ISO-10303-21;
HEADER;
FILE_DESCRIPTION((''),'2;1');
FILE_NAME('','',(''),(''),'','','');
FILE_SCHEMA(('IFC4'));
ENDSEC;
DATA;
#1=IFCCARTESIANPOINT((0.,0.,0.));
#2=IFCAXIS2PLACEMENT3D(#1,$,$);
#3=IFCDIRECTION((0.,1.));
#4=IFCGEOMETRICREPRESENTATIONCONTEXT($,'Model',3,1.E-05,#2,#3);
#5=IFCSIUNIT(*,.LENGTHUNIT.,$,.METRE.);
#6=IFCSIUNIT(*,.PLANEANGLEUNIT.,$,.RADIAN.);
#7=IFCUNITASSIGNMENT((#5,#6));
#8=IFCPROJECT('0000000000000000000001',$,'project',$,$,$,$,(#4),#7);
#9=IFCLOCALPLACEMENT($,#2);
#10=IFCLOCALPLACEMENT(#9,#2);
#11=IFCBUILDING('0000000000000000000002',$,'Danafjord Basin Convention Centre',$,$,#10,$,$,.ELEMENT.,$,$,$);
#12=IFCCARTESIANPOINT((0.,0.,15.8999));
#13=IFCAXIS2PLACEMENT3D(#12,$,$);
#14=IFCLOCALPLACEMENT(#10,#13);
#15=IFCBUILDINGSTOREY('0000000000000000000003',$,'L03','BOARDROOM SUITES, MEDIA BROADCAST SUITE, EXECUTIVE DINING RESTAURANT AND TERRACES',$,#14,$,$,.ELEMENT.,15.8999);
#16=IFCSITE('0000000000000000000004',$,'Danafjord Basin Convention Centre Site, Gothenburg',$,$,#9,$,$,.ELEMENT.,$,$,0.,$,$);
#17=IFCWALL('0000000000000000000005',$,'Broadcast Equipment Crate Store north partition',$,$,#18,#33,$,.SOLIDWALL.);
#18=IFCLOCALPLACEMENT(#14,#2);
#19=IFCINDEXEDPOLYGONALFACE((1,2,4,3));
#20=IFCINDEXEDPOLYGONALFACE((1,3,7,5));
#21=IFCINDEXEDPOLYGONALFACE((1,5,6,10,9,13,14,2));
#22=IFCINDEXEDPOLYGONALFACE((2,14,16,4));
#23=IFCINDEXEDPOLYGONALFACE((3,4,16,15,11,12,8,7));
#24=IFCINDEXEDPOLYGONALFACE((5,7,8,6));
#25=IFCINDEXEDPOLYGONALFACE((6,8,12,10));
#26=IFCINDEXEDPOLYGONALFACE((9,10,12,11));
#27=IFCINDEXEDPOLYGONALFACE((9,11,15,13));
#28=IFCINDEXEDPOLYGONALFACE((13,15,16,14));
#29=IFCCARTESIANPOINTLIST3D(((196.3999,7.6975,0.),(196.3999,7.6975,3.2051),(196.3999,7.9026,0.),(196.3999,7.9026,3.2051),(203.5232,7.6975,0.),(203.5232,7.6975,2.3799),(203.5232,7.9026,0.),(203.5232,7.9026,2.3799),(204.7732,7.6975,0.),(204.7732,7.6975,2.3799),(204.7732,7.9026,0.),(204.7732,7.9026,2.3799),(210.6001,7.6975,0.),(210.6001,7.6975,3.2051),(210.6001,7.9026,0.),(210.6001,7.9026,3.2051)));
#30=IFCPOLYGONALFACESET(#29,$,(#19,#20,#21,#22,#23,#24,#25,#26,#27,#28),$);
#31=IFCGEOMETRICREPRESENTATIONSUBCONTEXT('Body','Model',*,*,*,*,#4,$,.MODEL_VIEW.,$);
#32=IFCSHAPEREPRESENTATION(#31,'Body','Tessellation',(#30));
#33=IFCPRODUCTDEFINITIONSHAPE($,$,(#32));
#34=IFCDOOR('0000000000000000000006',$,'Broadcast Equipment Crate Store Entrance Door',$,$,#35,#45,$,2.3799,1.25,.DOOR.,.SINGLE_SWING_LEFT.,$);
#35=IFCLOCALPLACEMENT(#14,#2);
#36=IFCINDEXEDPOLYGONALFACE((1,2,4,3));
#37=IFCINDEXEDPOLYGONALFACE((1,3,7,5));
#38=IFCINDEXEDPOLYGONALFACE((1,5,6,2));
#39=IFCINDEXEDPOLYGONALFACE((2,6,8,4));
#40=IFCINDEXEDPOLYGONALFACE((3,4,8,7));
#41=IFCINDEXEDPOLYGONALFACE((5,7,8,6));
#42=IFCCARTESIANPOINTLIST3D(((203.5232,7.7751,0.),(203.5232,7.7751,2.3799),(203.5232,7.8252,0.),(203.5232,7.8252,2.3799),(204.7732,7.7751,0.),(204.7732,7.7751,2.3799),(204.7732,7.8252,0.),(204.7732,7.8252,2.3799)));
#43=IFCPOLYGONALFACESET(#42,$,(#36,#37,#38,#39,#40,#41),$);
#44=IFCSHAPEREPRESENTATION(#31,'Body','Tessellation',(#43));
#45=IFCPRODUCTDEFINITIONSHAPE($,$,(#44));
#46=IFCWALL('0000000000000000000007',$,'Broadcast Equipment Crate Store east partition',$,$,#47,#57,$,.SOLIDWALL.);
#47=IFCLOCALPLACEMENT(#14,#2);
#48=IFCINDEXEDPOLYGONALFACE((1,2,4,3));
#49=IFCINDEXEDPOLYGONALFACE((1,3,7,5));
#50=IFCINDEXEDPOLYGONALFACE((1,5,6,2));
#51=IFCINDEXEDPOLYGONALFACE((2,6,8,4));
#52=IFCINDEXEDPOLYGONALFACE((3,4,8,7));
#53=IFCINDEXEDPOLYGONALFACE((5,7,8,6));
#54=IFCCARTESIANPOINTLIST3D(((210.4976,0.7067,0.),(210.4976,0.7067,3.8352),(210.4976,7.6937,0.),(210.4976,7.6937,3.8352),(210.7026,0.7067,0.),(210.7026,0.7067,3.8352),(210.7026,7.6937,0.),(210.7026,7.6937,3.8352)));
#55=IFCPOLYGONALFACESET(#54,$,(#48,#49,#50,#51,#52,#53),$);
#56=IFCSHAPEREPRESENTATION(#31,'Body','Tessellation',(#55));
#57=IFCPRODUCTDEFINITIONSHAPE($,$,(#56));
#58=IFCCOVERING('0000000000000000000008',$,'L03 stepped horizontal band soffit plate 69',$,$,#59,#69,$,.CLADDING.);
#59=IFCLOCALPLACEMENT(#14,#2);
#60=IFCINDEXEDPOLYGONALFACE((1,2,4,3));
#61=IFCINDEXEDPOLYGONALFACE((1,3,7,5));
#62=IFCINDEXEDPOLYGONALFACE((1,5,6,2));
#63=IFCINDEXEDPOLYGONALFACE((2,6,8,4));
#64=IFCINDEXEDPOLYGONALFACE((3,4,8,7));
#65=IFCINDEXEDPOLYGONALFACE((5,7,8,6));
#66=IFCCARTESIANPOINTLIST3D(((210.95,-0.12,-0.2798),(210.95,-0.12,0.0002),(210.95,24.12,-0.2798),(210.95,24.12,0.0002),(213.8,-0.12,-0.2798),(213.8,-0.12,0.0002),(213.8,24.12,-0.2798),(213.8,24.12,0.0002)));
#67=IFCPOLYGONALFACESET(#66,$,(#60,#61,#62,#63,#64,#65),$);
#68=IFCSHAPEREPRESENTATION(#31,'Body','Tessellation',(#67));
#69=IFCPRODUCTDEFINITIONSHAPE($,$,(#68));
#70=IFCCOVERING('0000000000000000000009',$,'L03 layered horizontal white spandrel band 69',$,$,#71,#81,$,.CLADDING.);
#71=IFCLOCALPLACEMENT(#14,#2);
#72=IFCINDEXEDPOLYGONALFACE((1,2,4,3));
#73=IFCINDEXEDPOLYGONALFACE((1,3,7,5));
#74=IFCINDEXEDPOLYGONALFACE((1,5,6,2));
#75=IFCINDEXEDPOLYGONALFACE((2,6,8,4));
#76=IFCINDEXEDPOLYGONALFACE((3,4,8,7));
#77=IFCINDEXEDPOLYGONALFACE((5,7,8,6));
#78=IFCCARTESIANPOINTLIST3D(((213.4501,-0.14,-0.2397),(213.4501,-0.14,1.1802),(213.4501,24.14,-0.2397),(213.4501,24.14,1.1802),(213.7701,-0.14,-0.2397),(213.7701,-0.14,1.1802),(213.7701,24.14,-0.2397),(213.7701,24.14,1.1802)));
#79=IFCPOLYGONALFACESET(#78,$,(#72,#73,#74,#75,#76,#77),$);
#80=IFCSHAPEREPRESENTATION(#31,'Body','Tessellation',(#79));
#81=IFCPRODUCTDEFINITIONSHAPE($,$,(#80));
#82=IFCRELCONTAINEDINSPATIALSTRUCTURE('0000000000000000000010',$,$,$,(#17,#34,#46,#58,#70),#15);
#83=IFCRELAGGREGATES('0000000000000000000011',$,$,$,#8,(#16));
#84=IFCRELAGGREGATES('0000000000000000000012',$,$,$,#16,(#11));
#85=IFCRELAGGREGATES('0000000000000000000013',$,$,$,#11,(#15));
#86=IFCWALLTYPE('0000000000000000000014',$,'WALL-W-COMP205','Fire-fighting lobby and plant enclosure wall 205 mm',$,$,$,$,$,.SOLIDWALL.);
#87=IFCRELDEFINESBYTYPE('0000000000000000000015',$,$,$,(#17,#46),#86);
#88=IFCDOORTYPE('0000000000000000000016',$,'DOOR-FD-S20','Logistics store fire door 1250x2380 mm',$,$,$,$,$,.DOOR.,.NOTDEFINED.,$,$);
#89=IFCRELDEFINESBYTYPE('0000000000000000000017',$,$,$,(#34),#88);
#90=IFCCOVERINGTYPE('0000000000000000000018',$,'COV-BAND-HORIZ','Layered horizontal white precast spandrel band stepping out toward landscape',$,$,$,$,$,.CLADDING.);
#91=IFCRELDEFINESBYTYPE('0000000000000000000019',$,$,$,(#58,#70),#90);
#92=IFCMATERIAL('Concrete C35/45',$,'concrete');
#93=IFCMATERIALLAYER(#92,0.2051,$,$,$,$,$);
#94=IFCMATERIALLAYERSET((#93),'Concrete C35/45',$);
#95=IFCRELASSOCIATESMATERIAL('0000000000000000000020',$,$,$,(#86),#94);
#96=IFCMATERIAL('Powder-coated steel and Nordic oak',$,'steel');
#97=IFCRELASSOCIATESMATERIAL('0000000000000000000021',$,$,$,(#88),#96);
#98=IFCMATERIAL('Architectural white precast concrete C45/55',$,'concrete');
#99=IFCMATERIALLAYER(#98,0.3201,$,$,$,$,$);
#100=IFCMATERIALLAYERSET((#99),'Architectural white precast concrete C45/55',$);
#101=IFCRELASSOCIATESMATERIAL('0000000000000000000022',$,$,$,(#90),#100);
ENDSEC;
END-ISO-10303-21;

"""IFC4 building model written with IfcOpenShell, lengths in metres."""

from ifc_helpers import new_model, si_unit, direction, frame, frame_2d, origin, origin_2d, place, context, subcontext, project, spatial, rectangle, extrude, material, layer, layer_set, type_object, element, fill, save


model = new_model("IFC4")

# Units and contexts
model_context = context("Model", 3, precision=1e-05, world=origin(), true_north=direction((0.0, 1.0)))
body_context = subcontext(model_context, "Body", "Model", "MODEL_VIEW")
ifc_project = project(units=[si_unit("LENGTHUNIT", "METRE"), si_unit("PLANEANGLEUNIT", "RADIAN")], contexts=[model_context])

# Site, building, storey
site_placement = place(None, origin())
site = spatial("IfcSite", under=ifc_project, at=site_placement, Name="Danafjord Basin Convention Centre Site, Gothenburg", CompositionType="ELEMENT", RefElevation=0.0)
building_placement = place(site_placement, origin())
building = spatial("IfcBuilding", under=site, at=building_placement, Name="Danafjord Basin Convention Centre", CompositionType="ELEMENT")
storey_placement = place(building_placement, frame((0.0, 0.0, 15.8999)))
storey = spatial("IfcBuildingStorey", under=building, at=storey_placement, Name="L03", Description="BOARDROOM SUITES, MEDIA BROADCAST SUITE, EXECUTIVE DINING RESTAURANT AND TERRACES", CompositionType="ELEMENT", Elevation=15.8999)

# Wall, opening, door
ifc_material_1 = material(Name="Concrete C35/45", Category="concrete")
ifc_layer_1 = layer(ifc_material_1, 0.2051)
ifc_layer_set_1 = layer_set([ifc_layer_1], Name="Concrete C35/45")
wall_type = type_object("IfcWallType", Name="WALL-W-COMP205", Description="Fire-fighting lobby and plant enclosure wall 205 mm", PredefinedType="SOLIDWALL", material=ifc_layer_set_1)
wall_1_placement = place(storey_placement, frame((210.6001, 7.8, 0.0), z_axis=(0.0, 0.0, 1.0), x_axis=(-1.0, 0.0, 0.0)))
wall_1 = element("IfcWall", 1, at=wall_1_placement, inside=storey, type_object=wall_type, Name="Broadcast Equipment Crate Store north partition", PredefinedType="SOLIDWALL", context=body_context, shape_type="SweptSolid", body=[
    extrude(rectangle(XDim=14.2002, YDim=0.2051, at=frame_2d((7.1001, 0.0))), origin(), (0.0, 0.0, 1.0), 3.2051),
])
opening_placement = place(wall_1_placement, frame((5.8269, 0.0, 0.0)))
opening = element("IfcOpeningElement", 2, at=opening_placement, cuts=wall_1, PredefinedType="OPENING", context=body_context, shape_type="SweptSolid", body=[
    extrude(rectangle(XDim=1.25, YDim=2.3799, at=frame_2d((0.625, 1.1899))), frame((0.0, 0.1125, 0.0), z_axis=(0.0, -1.0, 0.0), x_axis=(1.0, 0.0, 0.0)), (0.0, 0.0, 1.0), 0.2251),
])
ifc_material_2 = material(Name="Powder-coated steel and Nordic oak", Category="steel")
door_type = type_object("IfcDoorType", Name="DOOR-FD-S20", Description="Logistics store fire door 1250x2380 mm", OperationType="NOTDEFINED", PredefinedType="DOOR", material=ifc_material_2)
door_placement = place(opening_placement, origin())
door = element("IfcDoor", 3, at=door_placement, inside=storey, type_object=door_type, Name="Broadcast Equipment Crate Store Entrance Door", OperationType="SINGLE_SWING_LEFT", OverallHeight=2.3799, OverallWidth=1.25, PredefinedType="DOOR", context=body_context, shape_type="SweptSolid", body=[
    extrude(rectangle(XDim=1.25, YDim=2.3799, at=frame_2d((0.625, 1.1899))), frame((0.0, 0.0249, 0.0), z_axis=(0.0, -1.0, 0.0), x_axis=(1.0, 0.0, 0.0)), (0.0, 0.0, 1.0), 0.05),
])
fill(opening, door)

# Wall
wall_2_placement = place(storey_placement, frame((210.6001, 0.7065, 0.0), z_axis=(0.0, 0.0, 1.0), x_axis=(0.0, 1.0, 0.0)))
element("IfcWall", 4, at=wall_2_placement, inside=storey, type_object=wall_type, Name="Broadcast Equipment Crate Store east partition", PredefinedType="SOLIDWALL", context=body_context, shape_type="SweptSolid", body=[
    extrude(rectangle(XDim=6.9871, YDim=0.2051, at=frame_2d((3.4937, 0.0))), origin(), (0.0, 0.0, 1.0), 3.8352),
])

# Coverings
ifc_material_3 = material(Name="Architectural white precast concrete C45/55", Category="concrete")
ifc_layer_2 = layer(ifc_material_3, 0.3201)
ifc_layer_set_2 = layer_set([ifc_layer_2], Name="Architectural white precast concrete C45/55")
covering_type = type_object("IfcCoveringType", Name="COV-BAND-HORIZ", Description="Layered horizontal white precast spandrel band stepping out toward landscape", PredefinedType="CLADDING", material=ifc_layer_set_2)
covering_1_placement = place(storey_placement, frame((212.375, 12.0, -0.2798), z_axis=(0.0, 0.0, 1.0), x_axis=(0.0, 1.0, 0.0)))
element("IfcCovering", 5, at=covering_1_placement, inside=storey, type_object=covering_type, Name="L03 stepped horizontal band soffit plate 69", PredefinedType="CLADDING", context=body_context, shape_type="SweptSolid", body=[
    extrude(rectangle(XDim=24.24, YDim=2.8501, at=origin_2d()), origin(), (0.0, 0.0, 1.0), 0.28),
])
covering_2_placement = place(storey_placement, frame((213.6101, 12.0, -0.2397), z_axis=(0.0, 0.0, 1.0), x_axis=(0.0, 1.0, 0.0)))
element("IfcCovering", 6, at=covering_2_placement, inside=storey, type_object=covering_type, Name="L03 layered horizontal white spandrel band 69", PredefinedType="CLADDING", context=body_context, shape_type="SweptSolid", body=[
    extrude(rectangle(XDim=24.28, YDim=0.3201, at=origin_2d()), origin(), (0.0, 0.0, 1.0), 1.4199),
])

save(model, "model.ifc")
